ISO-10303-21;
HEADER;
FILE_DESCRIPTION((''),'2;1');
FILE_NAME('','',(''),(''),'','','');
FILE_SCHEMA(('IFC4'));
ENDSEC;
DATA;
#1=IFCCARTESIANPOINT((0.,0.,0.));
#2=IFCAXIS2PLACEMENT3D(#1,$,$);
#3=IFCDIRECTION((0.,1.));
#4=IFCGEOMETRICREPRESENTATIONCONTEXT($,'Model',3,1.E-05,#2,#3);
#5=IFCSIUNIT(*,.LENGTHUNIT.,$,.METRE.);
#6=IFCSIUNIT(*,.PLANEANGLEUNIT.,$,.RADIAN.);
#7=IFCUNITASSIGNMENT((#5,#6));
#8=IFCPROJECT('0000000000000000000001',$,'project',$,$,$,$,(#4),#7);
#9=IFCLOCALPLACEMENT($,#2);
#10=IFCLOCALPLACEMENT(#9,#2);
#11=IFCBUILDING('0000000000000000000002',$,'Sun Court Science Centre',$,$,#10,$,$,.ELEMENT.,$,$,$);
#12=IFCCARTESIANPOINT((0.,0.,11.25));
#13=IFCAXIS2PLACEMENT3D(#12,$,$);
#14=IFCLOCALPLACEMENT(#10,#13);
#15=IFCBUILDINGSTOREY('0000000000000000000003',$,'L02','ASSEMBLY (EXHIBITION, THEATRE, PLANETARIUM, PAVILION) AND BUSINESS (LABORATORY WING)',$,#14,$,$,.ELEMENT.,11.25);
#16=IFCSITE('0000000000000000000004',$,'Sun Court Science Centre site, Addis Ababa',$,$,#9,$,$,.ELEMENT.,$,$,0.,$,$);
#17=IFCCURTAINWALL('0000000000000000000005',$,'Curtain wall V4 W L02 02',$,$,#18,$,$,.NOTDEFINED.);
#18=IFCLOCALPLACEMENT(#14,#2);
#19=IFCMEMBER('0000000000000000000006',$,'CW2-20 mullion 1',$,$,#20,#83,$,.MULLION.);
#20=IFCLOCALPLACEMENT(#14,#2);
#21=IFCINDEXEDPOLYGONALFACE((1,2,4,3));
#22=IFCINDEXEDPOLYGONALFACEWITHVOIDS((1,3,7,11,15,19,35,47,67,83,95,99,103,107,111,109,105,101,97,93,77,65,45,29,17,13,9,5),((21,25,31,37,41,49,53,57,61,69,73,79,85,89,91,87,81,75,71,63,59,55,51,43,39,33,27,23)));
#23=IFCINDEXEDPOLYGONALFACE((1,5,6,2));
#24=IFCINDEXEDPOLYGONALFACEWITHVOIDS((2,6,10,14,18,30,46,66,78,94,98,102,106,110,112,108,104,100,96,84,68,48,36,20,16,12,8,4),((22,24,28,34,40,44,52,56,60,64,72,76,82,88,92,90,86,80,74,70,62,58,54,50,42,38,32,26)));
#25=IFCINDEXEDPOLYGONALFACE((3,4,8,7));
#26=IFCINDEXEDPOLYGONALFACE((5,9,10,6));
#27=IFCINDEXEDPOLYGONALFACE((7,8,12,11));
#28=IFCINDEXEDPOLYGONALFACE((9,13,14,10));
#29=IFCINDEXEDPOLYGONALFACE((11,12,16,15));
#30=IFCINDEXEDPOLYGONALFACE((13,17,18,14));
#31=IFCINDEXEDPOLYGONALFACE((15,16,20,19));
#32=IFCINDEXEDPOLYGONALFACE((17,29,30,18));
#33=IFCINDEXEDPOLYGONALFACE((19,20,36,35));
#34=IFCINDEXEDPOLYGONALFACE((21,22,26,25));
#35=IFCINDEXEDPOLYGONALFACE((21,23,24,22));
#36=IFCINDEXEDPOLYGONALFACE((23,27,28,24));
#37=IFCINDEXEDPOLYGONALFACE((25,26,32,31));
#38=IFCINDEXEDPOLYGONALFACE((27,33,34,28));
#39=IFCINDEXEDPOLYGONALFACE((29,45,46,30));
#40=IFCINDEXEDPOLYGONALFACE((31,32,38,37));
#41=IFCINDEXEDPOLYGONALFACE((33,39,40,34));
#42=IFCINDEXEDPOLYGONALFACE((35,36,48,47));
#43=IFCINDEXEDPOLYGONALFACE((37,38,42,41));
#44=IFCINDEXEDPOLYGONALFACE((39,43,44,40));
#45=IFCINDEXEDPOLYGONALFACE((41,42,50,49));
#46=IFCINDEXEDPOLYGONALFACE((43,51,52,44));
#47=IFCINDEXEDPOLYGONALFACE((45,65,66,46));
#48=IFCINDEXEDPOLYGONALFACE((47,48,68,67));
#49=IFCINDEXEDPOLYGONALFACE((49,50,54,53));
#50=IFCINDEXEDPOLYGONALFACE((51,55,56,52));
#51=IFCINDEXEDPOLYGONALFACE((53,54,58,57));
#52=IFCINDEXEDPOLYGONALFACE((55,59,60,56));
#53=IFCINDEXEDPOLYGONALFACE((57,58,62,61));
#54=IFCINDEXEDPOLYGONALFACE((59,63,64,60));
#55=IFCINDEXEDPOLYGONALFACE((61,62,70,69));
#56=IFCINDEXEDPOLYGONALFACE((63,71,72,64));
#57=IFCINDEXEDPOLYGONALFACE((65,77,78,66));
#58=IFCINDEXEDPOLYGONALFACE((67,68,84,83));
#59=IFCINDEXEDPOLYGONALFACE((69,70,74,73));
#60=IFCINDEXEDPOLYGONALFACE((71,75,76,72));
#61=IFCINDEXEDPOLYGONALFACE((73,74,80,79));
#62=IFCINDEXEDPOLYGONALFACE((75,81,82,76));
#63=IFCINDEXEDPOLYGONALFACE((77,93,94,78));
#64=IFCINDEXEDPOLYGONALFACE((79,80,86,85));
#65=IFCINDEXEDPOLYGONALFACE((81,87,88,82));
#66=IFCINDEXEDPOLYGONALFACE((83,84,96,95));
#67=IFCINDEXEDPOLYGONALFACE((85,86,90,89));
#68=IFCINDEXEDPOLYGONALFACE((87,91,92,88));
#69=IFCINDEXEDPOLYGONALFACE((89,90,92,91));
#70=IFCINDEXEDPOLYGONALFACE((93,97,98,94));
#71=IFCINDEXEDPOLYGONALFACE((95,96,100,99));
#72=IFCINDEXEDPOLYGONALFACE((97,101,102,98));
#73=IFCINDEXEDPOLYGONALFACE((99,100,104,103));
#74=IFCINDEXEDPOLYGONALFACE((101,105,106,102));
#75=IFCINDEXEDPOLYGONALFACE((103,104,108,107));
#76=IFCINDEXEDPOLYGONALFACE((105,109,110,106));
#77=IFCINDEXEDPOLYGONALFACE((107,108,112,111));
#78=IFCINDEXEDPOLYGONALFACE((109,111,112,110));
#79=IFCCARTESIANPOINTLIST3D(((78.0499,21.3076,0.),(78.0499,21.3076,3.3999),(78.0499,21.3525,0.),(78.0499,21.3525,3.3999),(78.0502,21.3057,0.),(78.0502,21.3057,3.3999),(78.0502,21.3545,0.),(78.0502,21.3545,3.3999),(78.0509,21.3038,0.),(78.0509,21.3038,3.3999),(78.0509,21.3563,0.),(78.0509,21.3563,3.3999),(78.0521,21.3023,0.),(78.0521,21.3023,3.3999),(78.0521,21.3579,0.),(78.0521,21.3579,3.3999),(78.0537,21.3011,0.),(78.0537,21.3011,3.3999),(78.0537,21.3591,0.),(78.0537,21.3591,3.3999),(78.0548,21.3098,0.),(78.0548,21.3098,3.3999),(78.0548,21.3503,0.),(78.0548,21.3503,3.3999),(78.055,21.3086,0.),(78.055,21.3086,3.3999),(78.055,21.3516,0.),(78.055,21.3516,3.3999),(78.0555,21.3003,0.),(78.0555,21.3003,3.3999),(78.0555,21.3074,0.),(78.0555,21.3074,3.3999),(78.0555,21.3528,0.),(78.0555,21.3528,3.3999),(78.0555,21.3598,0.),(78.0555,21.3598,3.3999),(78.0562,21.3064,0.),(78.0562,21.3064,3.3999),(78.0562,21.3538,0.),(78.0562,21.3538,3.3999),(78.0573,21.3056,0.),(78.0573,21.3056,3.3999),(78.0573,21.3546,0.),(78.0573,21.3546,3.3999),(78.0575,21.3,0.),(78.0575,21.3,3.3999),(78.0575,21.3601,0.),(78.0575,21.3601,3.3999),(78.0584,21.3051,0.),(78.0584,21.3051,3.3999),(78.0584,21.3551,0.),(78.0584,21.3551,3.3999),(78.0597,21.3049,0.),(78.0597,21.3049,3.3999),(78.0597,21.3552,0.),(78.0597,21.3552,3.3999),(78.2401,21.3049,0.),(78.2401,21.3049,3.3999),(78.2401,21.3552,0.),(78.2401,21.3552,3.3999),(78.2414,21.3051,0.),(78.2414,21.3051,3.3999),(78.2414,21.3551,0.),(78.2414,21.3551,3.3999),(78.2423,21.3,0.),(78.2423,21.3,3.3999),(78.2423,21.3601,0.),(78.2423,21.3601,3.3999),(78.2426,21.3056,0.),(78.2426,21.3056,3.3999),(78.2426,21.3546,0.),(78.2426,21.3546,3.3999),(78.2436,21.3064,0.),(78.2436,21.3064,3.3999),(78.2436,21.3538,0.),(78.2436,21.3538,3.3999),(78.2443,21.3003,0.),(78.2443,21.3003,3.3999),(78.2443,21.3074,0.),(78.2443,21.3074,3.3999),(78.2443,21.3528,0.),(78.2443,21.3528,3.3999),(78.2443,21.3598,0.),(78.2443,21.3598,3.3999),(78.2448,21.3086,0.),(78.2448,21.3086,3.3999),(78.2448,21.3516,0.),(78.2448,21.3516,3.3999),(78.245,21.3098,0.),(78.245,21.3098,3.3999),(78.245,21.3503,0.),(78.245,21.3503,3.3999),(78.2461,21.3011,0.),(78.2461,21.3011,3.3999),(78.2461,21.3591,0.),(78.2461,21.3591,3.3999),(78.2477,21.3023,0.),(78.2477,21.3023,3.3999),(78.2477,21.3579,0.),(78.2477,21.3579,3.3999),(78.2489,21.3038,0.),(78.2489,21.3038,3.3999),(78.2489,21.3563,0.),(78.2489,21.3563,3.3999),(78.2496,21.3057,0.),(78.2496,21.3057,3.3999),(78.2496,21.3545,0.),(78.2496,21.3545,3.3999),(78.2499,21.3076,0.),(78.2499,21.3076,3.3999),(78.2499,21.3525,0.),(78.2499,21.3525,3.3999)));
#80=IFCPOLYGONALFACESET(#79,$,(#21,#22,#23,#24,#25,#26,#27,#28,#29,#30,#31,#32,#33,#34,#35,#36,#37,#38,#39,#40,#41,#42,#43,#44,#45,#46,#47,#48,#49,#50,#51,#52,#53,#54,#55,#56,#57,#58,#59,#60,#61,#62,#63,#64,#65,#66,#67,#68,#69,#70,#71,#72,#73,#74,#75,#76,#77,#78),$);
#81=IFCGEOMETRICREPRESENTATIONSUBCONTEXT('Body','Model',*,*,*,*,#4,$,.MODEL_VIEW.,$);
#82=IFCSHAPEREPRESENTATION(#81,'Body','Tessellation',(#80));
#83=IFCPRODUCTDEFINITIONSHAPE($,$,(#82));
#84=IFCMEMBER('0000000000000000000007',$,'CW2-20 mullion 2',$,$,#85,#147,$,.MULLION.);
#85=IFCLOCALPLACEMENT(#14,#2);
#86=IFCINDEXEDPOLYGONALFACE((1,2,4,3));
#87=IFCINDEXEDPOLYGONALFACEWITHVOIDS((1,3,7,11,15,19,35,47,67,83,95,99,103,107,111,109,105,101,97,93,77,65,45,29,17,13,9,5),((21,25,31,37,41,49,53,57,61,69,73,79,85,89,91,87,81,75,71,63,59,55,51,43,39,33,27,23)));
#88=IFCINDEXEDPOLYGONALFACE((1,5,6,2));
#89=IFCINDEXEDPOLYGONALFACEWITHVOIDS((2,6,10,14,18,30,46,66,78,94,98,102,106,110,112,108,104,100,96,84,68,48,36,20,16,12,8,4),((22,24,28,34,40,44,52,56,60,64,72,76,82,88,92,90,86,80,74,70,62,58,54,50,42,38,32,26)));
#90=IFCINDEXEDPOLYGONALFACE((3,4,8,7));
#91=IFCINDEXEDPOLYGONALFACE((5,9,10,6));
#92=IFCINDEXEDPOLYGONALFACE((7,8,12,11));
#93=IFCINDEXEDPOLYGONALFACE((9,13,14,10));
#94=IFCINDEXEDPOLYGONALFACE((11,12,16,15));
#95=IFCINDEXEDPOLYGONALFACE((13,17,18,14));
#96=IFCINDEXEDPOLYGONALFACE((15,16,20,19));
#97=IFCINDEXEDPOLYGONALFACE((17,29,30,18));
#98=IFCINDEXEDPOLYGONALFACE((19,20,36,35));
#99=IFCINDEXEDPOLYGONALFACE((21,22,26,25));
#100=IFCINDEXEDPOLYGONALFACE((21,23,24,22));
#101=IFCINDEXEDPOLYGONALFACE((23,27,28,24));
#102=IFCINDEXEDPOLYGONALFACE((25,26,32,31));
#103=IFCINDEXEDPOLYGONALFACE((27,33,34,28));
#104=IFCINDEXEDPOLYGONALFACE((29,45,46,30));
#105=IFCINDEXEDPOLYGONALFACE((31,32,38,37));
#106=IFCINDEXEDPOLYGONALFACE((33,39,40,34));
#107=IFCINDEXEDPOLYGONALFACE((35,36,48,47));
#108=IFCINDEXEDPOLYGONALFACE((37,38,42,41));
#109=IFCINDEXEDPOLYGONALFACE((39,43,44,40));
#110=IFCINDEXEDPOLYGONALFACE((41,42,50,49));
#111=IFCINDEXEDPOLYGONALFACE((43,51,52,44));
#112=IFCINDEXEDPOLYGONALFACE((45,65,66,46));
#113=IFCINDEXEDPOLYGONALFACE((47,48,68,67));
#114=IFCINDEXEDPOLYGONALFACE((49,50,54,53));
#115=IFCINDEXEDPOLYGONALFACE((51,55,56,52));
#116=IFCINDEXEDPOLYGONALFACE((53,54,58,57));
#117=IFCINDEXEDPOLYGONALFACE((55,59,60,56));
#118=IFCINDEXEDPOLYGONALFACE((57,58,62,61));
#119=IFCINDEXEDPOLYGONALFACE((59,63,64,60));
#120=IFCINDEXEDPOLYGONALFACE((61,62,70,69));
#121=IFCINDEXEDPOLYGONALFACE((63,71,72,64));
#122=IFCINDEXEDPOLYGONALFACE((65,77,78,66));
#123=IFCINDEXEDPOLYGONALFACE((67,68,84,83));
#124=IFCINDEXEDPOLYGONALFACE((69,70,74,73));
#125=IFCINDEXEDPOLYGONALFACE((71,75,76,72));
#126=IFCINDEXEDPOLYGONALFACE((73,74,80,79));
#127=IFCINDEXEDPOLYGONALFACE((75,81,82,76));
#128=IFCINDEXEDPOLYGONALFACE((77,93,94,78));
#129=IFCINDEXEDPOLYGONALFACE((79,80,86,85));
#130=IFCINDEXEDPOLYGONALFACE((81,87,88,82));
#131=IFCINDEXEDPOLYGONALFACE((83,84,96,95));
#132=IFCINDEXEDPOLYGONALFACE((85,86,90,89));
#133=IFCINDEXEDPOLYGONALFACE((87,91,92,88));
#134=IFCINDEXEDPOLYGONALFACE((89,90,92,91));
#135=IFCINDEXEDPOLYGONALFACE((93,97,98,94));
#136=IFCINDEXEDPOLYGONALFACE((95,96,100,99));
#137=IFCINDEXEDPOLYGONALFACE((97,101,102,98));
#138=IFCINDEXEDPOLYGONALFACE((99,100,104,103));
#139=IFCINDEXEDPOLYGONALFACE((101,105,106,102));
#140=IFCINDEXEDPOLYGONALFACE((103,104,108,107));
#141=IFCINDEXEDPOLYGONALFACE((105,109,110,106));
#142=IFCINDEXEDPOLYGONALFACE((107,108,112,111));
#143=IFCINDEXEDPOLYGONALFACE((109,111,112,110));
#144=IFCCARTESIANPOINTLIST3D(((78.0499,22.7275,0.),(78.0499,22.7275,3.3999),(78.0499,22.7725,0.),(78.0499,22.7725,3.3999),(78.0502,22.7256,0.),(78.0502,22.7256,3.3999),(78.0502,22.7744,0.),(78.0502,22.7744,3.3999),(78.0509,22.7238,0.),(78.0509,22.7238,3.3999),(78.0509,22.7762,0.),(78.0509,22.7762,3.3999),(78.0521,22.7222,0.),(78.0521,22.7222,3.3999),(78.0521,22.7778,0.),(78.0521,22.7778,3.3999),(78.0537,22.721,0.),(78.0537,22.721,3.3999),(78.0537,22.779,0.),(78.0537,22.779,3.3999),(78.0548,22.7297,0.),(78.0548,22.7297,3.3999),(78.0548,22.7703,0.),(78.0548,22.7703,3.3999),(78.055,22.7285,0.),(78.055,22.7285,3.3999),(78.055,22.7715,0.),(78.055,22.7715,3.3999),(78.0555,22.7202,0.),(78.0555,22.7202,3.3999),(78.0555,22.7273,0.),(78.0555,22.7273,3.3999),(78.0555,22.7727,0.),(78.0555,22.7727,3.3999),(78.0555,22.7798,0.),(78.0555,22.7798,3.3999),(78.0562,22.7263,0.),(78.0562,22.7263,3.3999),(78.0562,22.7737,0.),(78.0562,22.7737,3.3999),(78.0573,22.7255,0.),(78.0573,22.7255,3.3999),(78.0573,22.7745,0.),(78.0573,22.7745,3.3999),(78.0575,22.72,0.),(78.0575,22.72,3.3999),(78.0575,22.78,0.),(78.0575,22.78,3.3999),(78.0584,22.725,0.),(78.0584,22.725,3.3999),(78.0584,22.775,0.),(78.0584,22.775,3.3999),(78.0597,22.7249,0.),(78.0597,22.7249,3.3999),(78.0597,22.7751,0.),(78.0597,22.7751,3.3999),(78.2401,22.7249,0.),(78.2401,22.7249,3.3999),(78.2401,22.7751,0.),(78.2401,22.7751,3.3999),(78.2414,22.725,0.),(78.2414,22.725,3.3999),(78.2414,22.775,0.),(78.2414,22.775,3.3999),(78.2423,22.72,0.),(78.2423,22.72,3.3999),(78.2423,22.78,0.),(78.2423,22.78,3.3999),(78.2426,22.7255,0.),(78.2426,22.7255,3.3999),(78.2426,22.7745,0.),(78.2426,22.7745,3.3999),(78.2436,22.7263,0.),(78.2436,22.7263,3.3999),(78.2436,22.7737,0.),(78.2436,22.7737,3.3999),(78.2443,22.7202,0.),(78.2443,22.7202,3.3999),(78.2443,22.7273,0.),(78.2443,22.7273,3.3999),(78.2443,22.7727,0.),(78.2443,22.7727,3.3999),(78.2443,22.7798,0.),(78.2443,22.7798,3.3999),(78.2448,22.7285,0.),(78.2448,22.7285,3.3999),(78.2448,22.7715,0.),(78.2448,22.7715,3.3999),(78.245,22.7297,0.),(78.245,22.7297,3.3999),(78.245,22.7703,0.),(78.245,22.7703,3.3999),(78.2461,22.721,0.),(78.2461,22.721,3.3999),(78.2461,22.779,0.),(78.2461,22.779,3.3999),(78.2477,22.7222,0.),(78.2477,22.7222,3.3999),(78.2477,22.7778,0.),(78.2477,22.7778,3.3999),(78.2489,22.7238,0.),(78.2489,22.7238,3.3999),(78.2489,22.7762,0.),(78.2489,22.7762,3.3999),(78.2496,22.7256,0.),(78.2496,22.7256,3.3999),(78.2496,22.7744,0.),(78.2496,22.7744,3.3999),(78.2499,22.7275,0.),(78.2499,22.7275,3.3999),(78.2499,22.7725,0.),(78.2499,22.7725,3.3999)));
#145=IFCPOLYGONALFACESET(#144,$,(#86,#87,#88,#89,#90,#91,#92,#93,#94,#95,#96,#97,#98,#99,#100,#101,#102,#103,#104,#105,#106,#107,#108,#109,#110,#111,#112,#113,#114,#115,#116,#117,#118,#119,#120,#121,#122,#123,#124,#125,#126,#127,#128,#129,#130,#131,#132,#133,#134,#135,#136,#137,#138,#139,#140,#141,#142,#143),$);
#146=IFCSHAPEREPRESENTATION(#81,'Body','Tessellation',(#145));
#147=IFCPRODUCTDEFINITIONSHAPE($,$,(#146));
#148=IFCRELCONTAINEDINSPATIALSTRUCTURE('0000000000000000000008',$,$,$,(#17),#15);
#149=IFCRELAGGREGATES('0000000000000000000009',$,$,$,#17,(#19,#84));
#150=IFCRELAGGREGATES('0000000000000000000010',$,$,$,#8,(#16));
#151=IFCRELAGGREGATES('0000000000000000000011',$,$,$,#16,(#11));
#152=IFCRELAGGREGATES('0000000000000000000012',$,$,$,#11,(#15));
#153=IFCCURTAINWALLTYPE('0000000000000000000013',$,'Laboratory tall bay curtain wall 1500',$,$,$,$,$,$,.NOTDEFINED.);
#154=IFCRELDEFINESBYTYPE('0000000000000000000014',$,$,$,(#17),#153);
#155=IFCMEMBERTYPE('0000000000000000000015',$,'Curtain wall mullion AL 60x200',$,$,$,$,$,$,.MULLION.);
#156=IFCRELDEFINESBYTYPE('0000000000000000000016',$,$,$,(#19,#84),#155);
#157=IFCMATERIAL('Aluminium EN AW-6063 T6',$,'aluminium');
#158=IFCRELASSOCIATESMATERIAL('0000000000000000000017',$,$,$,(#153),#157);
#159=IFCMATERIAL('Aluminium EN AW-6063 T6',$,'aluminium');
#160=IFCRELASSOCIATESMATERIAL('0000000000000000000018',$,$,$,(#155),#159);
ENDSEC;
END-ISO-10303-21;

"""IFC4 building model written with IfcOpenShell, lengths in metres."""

from ifc_helpers import new_model, si_unit, direction, frame, origin, origin_2d, place, context, subcontext, project, spatial, hollow_rectangle, extrude, material, material_profile, profile_set, type_object, element, aggregate, save


model = new_model("IFC4")

# Units and contexts
model_context = context("Model", 3, precision=1e-05, world=origin(), true_north=direction((0.0, 1.0)))
body_context = subcontext(model_context, "Body", "Model", "MODEL_VIEW")
ifc_project = project(units=[si_unit("LENGTHUNIT", "METRE"), si_unit("PLANEANGLEUNIT", "RADIAN")], contexts=[model_context])

# Site, building, storey
site_placement = place(None, origin())
site = spatial("IfcSite", under=ifc_project, at=site_placement, Name="Sun Court Science Centre site, Addis Ababa", CompositionType="ELEMENT", RefElevation=0.0)
building_placement = place(site_placement, origin())
building = spatial("IfcBuilding", under=site, at=building_placement, Name="Sun Court Science Centre", CompositionType="ELEMENT")
storey_placement = place(building_placement, frame((0.0, 0.0, 11.25)))
storey = spatial("IfcBuildingStorey", under=building, at=storey_placement, Name="L02", Description="ASSEMBLY (EXHIBITION, THEATRE, PLANETARIUM, PAVILION) AND BUSINESS (LABORATORY WING)", CompositionType="ELEMENT", Elevation=11.25)

# Curtain wall, members
ifc_material_1 = material(Name="Aluminium EN AW-6063 T6", Category="aluminium")
curtain_wall_type = type_object("IfcCurtainWallType", Name="Laboratory tall bay curtain wall 1500", PredefinedType="NOTDEFINED", material=ifc_material_1)
ifc_material_2 = material(Name="Aluminium EN AW-6063 T6", Category="aluminium")
ifc_material_profile_1 = material_profile(ifc_material_2, hollow_rectangle(XDim=0.0601, YDim=0.2, WallThickness=0.0049, InnerFilletRadius=0.0049, OuterFilletRadius=0.0076, at=origin_2d()), Name="AL 60x200x5")
ifc_profile_set_1 = profile_set([ifc_material_profile_1], Name="Aluminium EN AW-6063 T6")
member_type_1 = type_object("IfcMemberType", Name="Curtain wall mullion AL 60x200", PredefinedType="MULLION", material=ifc_profile_set_1)
curtain_wall_1_placement = place(storey_placement, origin())
curtain_wall_1 = element("IfcCurtainWall", 1, at=curtain_wall_1_placement, inside=storey, type_object=curtain_wall_type, Name="Curtain wall V4 W L02 02", PredefinedType="NOTDEFINED")
member_1_placement = place(storey_placement, frame((78.1499, 21.3301, 0.0), z_axis=(0.0, 0.0, 1.0), x_axis=(0.0, 1.0, 0.0)))
member_1 = element("IfcMember", 2, at=member_1_placement, type_object=member_type_1, Name="CW2-20 mullion 1", PredefinedType="MULLION", context=body_context, shape_type="SweptSolid", body=[
    extrude(hollow_rectangle(XDim=0.0601, YDim=0.2, WallThickness=0.0049, InnerFilletRadius=0.0049, OuterFilletRadius=0.0076, at=origin_2d()), origin(), (0.0, 0.0, 1.0), 3.3999),
])
member_2_placement = place(storey_placement, frame((78.1499, 22.75, 0.0), z_axis=(0.0, 0.0, 1.0), x_axis=(0.0, 1.0, 0.0)))
member_2 = element("IfcMember", 3, at=member_2_placement, type_object=member_type_1, Name="CW2-20 mullion 2", PredefinedType="MULLION", context=body_context, shape_type="SweptSolid", body=[
    extrude(hollow_rectangle(XDim=0.0601, YDim=0.2, WallThickness=0.0049, InnerFilletRadius=0.0049, OuterFilletRadius=0.0076, at=origin_2d()), origin(), (0.0, 0.0, 1.0), 3.3999),
])

aggregate(curtain_wall_1, [member_1, member_2])

save(model, "model.ifc")
